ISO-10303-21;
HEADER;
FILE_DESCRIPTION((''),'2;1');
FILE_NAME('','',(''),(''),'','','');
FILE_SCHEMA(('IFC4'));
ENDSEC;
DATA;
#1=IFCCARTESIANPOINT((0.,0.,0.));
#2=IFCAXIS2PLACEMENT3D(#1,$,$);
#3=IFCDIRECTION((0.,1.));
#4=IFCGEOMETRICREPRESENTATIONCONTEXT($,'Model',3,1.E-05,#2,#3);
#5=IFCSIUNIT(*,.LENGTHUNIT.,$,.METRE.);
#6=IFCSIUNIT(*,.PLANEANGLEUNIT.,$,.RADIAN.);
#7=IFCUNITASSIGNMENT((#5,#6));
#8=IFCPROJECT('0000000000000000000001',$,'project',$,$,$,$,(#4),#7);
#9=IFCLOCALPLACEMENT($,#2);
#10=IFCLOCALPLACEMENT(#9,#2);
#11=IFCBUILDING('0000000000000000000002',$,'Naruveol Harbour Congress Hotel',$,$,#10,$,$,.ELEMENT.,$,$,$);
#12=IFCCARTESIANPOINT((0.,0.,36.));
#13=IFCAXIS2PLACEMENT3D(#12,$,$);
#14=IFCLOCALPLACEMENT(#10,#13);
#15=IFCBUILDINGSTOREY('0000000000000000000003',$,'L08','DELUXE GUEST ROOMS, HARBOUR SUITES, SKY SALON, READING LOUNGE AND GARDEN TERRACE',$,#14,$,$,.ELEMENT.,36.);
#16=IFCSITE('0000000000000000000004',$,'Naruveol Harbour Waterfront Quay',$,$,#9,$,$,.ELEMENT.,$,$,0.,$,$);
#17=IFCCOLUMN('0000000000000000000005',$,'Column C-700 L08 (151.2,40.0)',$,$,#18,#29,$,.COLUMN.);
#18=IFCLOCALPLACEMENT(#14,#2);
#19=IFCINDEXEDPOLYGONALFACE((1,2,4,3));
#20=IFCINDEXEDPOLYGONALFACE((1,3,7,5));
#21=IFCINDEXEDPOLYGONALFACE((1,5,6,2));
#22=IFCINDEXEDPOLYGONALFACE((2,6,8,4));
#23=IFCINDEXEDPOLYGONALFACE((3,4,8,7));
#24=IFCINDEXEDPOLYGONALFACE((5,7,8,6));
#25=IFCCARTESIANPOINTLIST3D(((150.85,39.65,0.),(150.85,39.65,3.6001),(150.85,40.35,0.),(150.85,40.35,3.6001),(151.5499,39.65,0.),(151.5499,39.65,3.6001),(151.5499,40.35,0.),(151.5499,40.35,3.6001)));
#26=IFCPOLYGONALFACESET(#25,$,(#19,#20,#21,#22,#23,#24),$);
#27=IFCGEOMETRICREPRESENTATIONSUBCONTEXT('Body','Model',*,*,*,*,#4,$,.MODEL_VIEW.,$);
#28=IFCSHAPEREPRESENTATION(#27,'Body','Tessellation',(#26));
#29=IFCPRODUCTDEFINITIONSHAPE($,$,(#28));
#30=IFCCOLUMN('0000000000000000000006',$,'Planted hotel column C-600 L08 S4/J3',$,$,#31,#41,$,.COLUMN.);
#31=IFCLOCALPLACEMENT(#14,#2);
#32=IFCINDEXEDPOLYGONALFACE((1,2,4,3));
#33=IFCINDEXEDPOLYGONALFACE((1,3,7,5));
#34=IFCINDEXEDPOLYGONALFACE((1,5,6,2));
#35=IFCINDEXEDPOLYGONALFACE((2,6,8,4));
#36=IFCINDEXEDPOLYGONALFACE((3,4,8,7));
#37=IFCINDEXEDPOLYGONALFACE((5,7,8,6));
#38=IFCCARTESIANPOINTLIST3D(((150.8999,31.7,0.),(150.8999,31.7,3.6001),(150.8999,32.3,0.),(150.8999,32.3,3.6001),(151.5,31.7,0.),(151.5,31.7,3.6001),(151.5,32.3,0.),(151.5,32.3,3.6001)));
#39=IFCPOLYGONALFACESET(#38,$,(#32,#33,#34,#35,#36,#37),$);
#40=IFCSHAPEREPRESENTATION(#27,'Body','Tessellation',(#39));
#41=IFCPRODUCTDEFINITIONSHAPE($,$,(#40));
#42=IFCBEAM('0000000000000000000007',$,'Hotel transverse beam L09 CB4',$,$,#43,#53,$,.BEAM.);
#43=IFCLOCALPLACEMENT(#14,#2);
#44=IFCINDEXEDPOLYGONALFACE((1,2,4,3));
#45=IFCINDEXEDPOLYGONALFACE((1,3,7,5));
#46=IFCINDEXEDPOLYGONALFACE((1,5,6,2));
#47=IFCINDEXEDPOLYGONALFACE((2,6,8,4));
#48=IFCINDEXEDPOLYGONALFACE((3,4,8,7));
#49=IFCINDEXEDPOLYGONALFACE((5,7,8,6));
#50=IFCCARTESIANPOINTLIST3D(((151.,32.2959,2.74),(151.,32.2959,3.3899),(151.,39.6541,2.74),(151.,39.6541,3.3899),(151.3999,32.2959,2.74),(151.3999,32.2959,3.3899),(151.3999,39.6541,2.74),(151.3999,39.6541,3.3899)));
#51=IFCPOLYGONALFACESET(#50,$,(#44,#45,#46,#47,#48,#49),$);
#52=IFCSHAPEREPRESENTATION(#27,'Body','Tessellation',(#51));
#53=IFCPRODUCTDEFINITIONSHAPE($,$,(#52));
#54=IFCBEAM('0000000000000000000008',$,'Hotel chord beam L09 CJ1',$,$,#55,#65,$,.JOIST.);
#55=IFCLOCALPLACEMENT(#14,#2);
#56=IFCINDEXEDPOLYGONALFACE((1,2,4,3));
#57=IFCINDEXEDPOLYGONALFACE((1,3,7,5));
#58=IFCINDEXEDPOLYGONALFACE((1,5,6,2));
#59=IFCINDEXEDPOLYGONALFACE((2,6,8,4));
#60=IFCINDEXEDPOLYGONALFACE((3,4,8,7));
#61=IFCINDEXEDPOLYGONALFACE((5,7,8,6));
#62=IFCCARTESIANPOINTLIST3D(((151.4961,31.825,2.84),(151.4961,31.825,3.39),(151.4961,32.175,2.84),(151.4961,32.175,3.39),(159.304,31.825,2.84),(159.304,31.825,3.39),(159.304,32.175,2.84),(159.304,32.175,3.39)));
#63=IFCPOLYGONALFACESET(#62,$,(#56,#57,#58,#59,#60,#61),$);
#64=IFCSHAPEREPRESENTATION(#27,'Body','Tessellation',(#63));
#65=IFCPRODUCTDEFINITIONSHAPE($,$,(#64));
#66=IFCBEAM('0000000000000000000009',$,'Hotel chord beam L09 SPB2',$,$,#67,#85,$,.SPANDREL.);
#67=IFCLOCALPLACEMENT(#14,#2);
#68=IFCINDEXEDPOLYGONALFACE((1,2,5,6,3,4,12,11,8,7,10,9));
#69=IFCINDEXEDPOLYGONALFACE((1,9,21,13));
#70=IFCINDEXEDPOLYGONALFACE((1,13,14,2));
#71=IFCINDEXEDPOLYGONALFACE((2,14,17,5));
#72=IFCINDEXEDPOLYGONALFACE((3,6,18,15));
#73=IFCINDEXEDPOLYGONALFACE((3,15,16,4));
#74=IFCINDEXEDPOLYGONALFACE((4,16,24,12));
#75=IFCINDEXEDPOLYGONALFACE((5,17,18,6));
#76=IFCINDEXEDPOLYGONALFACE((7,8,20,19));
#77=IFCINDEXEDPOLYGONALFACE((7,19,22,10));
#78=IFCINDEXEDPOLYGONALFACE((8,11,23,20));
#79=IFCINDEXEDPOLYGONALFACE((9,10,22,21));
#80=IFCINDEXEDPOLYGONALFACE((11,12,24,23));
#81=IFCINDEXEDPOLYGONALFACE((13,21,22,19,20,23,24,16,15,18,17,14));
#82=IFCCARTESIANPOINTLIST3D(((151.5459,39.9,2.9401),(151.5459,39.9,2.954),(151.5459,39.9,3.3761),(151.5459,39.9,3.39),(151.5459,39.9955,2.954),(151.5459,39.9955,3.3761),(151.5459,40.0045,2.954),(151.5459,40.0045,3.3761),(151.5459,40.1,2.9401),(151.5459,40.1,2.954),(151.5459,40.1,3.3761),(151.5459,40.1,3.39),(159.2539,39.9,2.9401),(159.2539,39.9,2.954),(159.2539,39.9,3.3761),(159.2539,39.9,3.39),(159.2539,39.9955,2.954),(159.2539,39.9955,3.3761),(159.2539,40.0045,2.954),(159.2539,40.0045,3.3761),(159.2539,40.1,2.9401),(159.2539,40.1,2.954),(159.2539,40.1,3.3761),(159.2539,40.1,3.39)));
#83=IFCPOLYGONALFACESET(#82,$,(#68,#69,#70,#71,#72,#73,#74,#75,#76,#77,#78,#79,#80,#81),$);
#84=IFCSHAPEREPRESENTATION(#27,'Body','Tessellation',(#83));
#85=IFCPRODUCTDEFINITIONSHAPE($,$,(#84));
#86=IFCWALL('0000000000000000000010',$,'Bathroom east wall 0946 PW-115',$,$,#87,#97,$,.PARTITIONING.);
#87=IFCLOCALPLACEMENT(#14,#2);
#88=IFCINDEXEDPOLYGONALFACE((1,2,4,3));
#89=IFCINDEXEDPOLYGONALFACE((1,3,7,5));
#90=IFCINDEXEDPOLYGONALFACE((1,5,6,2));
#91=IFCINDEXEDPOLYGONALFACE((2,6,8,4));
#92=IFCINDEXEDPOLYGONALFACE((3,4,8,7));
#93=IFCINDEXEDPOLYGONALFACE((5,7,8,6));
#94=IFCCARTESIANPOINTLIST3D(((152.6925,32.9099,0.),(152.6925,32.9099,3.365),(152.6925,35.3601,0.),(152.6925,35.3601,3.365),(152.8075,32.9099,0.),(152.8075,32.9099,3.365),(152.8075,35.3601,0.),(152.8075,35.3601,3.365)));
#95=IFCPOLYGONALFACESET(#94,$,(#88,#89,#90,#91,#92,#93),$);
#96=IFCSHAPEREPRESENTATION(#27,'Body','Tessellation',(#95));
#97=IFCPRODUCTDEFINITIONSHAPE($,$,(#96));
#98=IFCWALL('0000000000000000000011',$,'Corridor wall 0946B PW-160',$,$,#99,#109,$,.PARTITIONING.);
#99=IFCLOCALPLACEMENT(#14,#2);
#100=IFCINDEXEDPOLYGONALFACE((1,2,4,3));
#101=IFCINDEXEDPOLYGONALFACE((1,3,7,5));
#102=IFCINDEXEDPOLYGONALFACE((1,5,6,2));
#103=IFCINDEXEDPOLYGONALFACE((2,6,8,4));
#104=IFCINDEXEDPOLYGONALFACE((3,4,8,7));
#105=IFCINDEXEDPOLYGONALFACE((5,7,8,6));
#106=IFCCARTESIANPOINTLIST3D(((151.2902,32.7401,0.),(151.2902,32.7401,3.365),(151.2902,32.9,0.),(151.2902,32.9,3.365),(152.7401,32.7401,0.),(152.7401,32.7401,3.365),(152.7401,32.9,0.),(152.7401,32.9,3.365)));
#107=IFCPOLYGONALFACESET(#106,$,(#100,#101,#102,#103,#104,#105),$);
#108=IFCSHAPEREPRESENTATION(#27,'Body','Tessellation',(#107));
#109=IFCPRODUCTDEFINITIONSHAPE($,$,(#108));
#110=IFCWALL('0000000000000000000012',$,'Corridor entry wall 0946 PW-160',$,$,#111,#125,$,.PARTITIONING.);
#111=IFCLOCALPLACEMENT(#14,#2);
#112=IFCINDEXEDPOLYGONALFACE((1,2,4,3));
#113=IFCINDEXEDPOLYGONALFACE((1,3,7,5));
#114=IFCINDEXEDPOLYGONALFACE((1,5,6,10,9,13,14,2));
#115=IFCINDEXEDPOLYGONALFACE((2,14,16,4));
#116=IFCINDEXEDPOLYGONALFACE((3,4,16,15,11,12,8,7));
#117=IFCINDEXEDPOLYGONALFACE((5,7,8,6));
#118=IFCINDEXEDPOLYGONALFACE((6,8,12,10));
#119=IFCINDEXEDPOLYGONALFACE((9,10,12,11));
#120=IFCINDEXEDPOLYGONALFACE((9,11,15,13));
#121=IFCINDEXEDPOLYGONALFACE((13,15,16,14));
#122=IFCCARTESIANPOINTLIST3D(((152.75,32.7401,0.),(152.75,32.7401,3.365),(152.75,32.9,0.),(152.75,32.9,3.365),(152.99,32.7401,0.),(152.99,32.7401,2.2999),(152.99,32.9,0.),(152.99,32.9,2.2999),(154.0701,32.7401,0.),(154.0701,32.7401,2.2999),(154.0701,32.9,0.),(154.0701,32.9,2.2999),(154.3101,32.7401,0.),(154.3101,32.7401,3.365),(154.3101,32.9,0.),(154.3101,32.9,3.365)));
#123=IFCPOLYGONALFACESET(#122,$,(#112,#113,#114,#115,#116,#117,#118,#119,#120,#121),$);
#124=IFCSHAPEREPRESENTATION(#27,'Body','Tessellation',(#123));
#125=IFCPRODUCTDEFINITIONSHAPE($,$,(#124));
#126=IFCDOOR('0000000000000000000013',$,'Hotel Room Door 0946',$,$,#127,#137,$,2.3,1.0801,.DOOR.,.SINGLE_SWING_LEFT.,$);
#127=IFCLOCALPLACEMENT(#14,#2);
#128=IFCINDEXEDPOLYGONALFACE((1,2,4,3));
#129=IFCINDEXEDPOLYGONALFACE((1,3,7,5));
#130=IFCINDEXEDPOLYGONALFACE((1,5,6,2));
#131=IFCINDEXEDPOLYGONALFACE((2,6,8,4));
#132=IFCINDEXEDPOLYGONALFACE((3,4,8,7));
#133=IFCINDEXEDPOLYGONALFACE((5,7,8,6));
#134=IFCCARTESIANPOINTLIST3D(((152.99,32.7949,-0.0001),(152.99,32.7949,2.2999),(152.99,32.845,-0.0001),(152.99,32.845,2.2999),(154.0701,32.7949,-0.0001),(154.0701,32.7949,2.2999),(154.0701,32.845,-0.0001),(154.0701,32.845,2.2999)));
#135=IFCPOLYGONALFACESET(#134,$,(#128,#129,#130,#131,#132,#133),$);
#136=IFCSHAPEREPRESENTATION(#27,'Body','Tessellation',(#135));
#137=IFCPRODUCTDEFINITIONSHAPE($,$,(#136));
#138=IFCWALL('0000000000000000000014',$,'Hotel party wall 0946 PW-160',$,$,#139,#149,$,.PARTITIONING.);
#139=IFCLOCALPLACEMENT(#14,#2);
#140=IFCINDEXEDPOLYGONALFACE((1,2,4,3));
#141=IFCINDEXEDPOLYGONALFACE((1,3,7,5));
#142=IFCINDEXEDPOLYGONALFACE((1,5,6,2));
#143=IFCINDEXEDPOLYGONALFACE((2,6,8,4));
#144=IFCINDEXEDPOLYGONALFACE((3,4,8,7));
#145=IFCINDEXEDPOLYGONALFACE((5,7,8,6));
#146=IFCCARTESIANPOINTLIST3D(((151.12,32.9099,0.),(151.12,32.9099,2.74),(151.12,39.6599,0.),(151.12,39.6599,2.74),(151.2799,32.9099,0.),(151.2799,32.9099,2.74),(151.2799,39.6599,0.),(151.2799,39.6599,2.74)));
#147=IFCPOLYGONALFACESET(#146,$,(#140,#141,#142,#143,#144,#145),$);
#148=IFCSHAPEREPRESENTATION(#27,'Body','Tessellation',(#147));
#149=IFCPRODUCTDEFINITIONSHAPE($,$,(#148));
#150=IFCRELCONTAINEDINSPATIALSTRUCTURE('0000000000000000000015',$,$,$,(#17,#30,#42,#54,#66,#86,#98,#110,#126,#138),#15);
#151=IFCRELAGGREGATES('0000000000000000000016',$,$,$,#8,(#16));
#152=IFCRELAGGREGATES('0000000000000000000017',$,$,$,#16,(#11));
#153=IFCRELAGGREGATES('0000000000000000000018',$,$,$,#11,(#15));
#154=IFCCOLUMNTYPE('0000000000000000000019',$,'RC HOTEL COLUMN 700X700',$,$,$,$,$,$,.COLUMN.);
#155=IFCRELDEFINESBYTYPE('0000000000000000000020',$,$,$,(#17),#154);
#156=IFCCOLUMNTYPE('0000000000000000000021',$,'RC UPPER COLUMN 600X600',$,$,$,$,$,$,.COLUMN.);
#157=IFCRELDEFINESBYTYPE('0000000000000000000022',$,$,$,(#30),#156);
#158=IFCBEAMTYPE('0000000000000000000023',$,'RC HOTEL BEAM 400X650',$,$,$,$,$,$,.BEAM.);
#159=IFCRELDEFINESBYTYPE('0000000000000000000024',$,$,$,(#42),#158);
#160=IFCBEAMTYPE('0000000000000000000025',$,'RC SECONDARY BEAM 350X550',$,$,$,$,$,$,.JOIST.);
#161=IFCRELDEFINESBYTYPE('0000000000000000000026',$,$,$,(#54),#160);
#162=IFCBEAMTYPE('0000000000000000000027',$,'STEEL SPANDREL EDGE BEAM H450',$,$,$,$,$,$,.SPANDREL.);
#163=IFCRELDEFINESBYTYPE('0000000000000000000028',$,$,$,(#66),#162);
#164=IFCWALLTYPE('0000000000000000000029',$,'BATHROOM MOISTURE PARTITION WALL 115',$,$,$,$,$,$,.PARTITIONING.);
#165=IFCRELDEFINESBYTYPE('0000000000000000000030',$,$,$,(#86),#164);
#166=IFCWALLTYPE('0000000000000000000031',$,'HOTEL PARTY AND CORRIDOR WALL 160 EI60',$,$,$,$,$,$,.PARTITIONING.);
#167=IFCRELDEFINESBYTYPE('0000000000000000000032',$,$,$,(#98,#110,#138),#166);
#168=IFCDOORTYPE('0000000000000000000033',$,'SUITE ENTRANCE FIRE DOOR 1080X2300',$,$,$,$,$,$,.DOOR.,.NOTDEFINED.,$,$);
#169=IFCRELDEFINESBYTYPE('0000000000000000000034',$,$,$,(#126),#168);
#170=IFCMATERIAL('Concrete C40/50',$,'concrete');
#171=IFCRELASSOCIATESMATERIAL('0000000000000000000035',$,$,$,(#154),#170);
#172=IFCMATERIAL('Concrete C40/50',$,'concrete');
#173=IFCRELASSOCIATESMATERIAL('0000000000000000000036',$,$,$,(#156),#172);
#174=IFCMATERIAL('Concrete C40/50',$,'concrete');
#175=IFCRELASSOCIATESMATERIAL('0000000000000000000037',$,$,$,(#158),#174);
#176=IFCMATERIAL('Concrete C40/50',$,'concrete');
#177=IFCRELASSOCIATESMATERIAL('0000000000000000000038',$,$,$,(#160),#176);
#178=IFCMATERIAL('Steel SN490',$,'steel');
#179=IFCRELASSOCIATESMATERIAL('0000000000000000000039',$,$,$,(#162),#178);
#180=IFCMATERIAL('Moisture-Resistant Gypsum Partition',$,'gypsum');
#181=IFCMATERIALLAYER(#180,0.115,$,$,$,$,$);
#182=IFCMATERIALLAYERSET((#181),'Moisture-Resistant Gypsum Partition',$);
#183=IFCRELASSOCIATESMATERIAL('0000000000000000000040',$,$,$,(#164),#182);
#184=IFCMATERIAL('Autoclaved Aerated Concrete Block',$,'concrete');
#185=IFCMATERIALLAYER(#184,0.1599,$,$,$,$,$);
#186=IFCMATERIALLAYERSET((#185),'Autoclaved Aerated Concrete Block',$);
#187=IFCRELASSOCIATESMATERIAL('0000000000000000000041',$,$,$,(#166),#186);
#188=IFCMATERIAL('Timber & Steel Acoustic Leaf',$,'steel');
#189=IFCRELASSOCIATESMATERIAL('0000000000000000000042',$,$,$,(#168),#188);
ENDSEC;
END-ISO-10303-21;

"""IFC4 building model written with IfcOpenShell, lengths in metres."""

from ifc_helpers import new_model, si_unit, direction, frame, frame_2d, origin, origin_2d, place, context, subcontext, project, spatial, rectangle, i_section, extrude, material, layer, layer_set, material_profile, profile_set, type_object, element, fill, save


model = new_model("IFC4")

# Units and contexts
model_context = context("Model", 3, precision=1e-05, world=origin(), true_north=direction((0.0, 1.0)))
body_context = subcontext(model_context, "Body", "Model", "MODEL_VIEW")
ifc_project = project(units=[si_unit("LENGTHUNIT", "METRE"), si_unit("PLANEANGLEUNIT", "RADIAN")], contexts=[model_context])

# Site, building, storey
site_placement = place(None, origin())
site = spatial("IfcSite", under=ifc_project, at=site_placement, Name="Naruveol Harbour Waterfront Quay", CompositionType="ELEMENT", RefElevation=0.0)
building_placement = place(site_placement, origin())
building = spatial("IfcBuilding", under=site, at=building_placement, Name="Naruveol Harbour Congress Hotel", CompositionType="ELEMENT")
storey_placement = place(building_placement, frame((0.0, 0.0, 36.0)))
storey = spatial("IfcBuildingStorey", under=building, at=storey_placement, Name="L08", Description="DELUXE GUEST ROOMS, HARBOUR SUITES, SKY SALON, READING LOUNGE AND GARDEN TERRACE", CompositionType="ELEMENT", Elevation=36.0)

# Columns
ifc_material_1 = material(Name="Concrete C40/50", Category="concrete")
ifc_material_profile_1 = material_profile(ifc_material_1, rectangle(XDim=0.7, YDim=0.7, at=origin_2d()), Name="RC-700x700")
ifc_profile_set_1 = profile_set([ifc_material_profile_1], Name="Concrete C40/50")
column_type_1 = type_object("IfcColumnType", Name="RC HOTEL COLUMN 700X700", PredefinedType="COLUMN", material=ifc_profile_set_1)
column_1_placement = place(storey_placement, frame((151.2, 40.0, 0.0), z_axis=(0.0, 0.0, 1.0), x_axis=(1.0, 0.0, 0.0)))
element("IfcColumn", 1, at=column_1_placement, inside=storey, type_object=column_type_1, Name="Column C-700 L08 (151.2,40.0)", PredefinedType="COLUMN", context=body_context, shape_type="SweptSolid", body=[
    extrude(rectangle(XDim=0.7, YDim=0.7, at=origin_2d()), origin(), (0.0, 0.0, 1.0), 3.6001),
])
ifc_material_2 = material(Name="Concrete C40/50", Category="concrete")
ifc_material_profile_2 = material_profile(ifc_material_2, rectangle(XDim=0.6001, YDim=0.6001, at=origin_2d()), Name="RC-600x600")
ifc_profile_set_2 = profile_set([ifc_material_profile_2], Name="Concrete C40/50")
column_type_2 = type_object("IfcColumnType", Name="RC UPPER COLUMN 600X600", PredefinedType="COLUMN", material=ifc_profile_set_2)
column_2_placement = place(storey_placement, frame((151.2, 32.0, 0.0), z_axis=(0.0, 0.0, 1.0), x_axis=(1.0, 0.0, 0.0)))
element("IfcColumn", 2, at=column_2_placement, inside=storey, type_object=column_type_2, Name="Planted hotel column C-600 L08 S4/J3", PredefinedType="COLUMN", context=body_context, shape_type="SweptSolid", body=[
    extrude(rectangle(XDim=0.6001, YDim=0.6001, at=origin_2d()), origin(), (0.0, 0.0, 1.0), 3.6001),
])

# Beams
ifc_material_3 = material(Name="Concrete C40/50", Category="concrete")
ifc_material_profile_3 = material_profile(ifc_material_3, rectangle(XDim=0.3999, YDim=0.6499, at=origin_2d()), Name="RCB-400x650")
ifc_profile_set_3 = profile_set([ifc_material_profile_3], Name="Concrete C40/50")
beam_type_1 = type_object("IfcBeamType", Name="RC HOTEL BEAM 400X650", PredefinedType="BEAM", material=ifc_profile_set_3)
beam_1_placement = place(storey_placement, frame((151.2, 32.2959, 3.0649), z_axis=(0.0, 1.0, 0.0), x_axis=(-1.0, 0.0, 0.0)))
element("IfcBeam", 3, at=beam_1_placement, inside=storey, type_object=beam_type_1, Name="Hotel transverse beam L09 CB4", PredefinedType="BEAM", context=body_context, shape_type="SweptSolid", body=[
    extrude(rectangle(XDim=0.3999, YDim=0.6499, at=origin_2d()), origin(), (0.0, 0.0, 1.0), 7.3582),
])
ifc_material_4 = material(Name="Concrete C40/50", Category="concrete")
ifc_material_profile_4 = material_profile(ifc_material_4, rectangle(XDim=0.3501, YDim=0.55, at=origin_2d()), Name="RCB-350x550")
ifc_profile_set_4 = profile_set([ifc_material_profile_4], Name="Concrete C40/50")
beam_type_2 = type_object("IfcBeamType", Name="RC SECONDARY BEAM 350X550", PredefinedType="JOIST", material=ifc_profile_set_4)
beam_2_placement = place(storey_placement, frame((151.4961, 32.0, 3.115), z_axis=(1.0, 0.0, 0.0), x_axis=(0.0, 1.0, 0.0)))
element("IfcBeam", 4, at=beam_2_placement, inside=storey, type_object=beam_type_2, Name="Hotel chord beam L09 CJ1", PredefinedType="JOIST", context=body_context, shape_type="SweptSolid", body=[
    extrude(rectangle(XDim=0.3501, YDim=0.55, at=origin_2d()), origin(), (0.0, 0.0, 1.0), 7.8079),
])
ifc_material_5 = material(Name="Steel SN490", Category="steel")
ifc_material_profile_5 = material_profile(ifc_material_5, i_section(OverallWidth=0.2, OverallDepth=0.45, WebThickness=0.009, FlangeThickness=0.0139, at=origin_2d()), Name="H-450x200x9x14")
ifc_profile_set_5 = profile_set([ifc_material_profile_5], Name="Steel SN490")
beam_type_3 = type_object("IfcBeamType", Name="STEEL SPANDREL EDGE BEAM H450", PredefinedType="SPANDREL", material=ifc_profile_set_5)
beam_3_placement = place(storey_placement, frame((151.5459, 40.0, 3.165), z_axis=(1.0, 0.0, 0.0), x_axis=(0.0, 1.0, 0.0)))
element("IfcBeam", 5, at=beam_3_placement, inside=storey, type_object=beam_type_3, Name="Hotel chord beam L09 SPB2", PredefinedType="SPANDREL", context=body_context, shape_type="SweptSolid", body=[
    extrude(i_section(OverallWidth=0.2, OverallDepth=0.45, WebThickness=0.009, FlangeThickness=0.0139, at=origin_2d()), origin(), (0.0, 0.0, 1.0), 7.708),
])

# Shared definitions
ifc_material_6 = material(Name="Moisture-Resistant Gypsum Partition", Category="gypsum")
ifc_layer_1 = layer(ifc_material_6, 0.115)
ifc_layer_set_1 = layer_set([ifc_layer_1], Name="Moisture-Resistant Gypsum Partition")
wall_type_1 = type_object("IfcWallType", Name="BATHROOM MOISTURE PARTITION WALL 115", PredefinedType="PARTITIONING", material=ifc_layer_set_1)

# Wall
wall_1_placement = place(storey_placement, frame((152.75, 32.9099, 0.0), z_axis=(0.0, 0.0, 1.0), x_axis=(0.0, 1.0, 0.0)))
element("IfcWall", 6, at=wall_1_placement, inside=storey, type_object=wall_type_1, Name="Bathroom east wall 0946 PW-115", PredefinedType="PARTITIONING", context=body_context, shape_type="SweptSolid", body=[
    extrude(rectangle(XDim=2.4502, YDim=0.115, at=frame_2d((1.2251, 0.0))), origin(), (0.0, 0.0, 1.0), 3.365),
])

# Wall
ifc_material_7 = material(Name="Autoclaved Aerated Concrete Block", Category="concrete")
ifc_layer_2 = layer(ifc_material_7, 0.1599)
ifc_layer_set_2 = layer_set([ifc_layer_2], Name="Autoclaved Aerated Concrete Block")
wall_type_2 = type_object("IfcWallType", Name="HOTEL PARTY AND CORRIDOR WALL 160 EI60", PredefinedType="PARTITIONING", material=ifc_layer_set_2)
wall_2_placement = place(storey_placement, frame((151.29, 32.8201, 0.0), z_axis=(0.0, 0.0, 1.0), x_axis=(1.0, 0.0, 0.0)))
element("IfcWall", 7, at=wall_2_placement, inside=storey, type_object=wall_type_2, Name="Corridor wall 0946B PW-160", PredefinedType="PARTITIONING", context=body_context, shape_type="SweptSolid", body=[
    extrude(rectangle(XDim=1.45, YDim=0.1599, at=frame_2d((0.7251, 0.0))), origin(), (0.0, 0.0, 1.0), 3.365),
])

# Wall, opening, door
wall_3_placement = place(storey_placement, frame((152.75, 32.8201, 0.0), z_axis=(0.0, 0.0, 1.0), x_axis=(1.0, 0.0, 0.0)))
wall_3 = element("IfcWall", 8, at=wall_3_placement, inside=storey, type_object=wall_type_2, Name="Corridor entry wall 0946 PW-160", PredefinedType="PARTITIONING", context=body_context, shape_type="SweptSolid", body=[
    extrude(rectangle(XDim=1.5601, YDim=0.1599, at=frame_2d((0.78, 0.0))), origin(), (0.0, 0.0, 1.0), 3.365),
])
opening_1_placement = place(wall_3_placement, frame((0.24, 0.0, 0.0)))
opening_1 = element("IfcOpeningElement", 9, at=opening_1_placement, cuts=wall_3, PredefinedType="OPENING", context=body_context, shape_type="SweptSolid", body=[
    extrude(rectangle(XDim=1.0801, YDim=2.3, at=frame_2d((0.54, 1.1499))), frame((0.0, 0.0898, 0.0), z_axis=(0.0, -1.0, 0.0), x_axis=(1.0, 0.0, 0.0)), (0.0, 0.0, 1.0), 0.1799),
])
ifc_material_8 = material(Name="Timber & Steel Acoustic Leaf", Category="steel")
door_type_1 = type_object("IfcDoorType", Name="SUITE ENTRANCE FIRE DOOR 1080X2300", OperationType="NOTDEFINED", PredefinedType="DOOR", material=ifc_material_8)
door_1_placement = place(opening_1_placement, origin())
door_1 = element("IfcDoor", 10, at=door_1_placement, inside=storey, type_object=door_type_1, Name="Hotel Room Door 0946", OperationType="SINGLE_SWING_LEFT", OverallHeight=2.3, OverallWidth=1.0801, PredefinedType="DOOR", context=body_context, shape_type="SweptSolid", body=[
    extrude(rectangle(XDim=1.0801, YDim=2.3, at=frame_2d((0.54, 1.1499))), frame((0.0, 0.0249, 0.0), z_axis=(0.0, -1.0, 0.0), x_axis=(1.0, 0.0, 0.0)), (0.0, 0.0, 1.0), 0.05),
])
fill(opening_1, door_1)

# Wall
wall_4_placement = place(storey_placement, frame((151.2, 32.9099, 0.0), z_axis=(0.0, 0.0, 1.0), x_axis=(0.0, 1.0, 0.0)))
element("IfcWall", 11, at=wall_4_placement, inside=storey, type_object=wall_type_2, Name="Hotel party wall 0946 PW-160", PredefinedType="PARTITIONING", context=body_context, shape_type="SweptSolid", body=[
    extrude(rectangle(XDim=6.75, YDim=0.1599, at=frame_2d((3.375, 0.0))), origin(), (0.0, 0.0, 1.0), 2.74),
])

save(model, "model.ifc")
